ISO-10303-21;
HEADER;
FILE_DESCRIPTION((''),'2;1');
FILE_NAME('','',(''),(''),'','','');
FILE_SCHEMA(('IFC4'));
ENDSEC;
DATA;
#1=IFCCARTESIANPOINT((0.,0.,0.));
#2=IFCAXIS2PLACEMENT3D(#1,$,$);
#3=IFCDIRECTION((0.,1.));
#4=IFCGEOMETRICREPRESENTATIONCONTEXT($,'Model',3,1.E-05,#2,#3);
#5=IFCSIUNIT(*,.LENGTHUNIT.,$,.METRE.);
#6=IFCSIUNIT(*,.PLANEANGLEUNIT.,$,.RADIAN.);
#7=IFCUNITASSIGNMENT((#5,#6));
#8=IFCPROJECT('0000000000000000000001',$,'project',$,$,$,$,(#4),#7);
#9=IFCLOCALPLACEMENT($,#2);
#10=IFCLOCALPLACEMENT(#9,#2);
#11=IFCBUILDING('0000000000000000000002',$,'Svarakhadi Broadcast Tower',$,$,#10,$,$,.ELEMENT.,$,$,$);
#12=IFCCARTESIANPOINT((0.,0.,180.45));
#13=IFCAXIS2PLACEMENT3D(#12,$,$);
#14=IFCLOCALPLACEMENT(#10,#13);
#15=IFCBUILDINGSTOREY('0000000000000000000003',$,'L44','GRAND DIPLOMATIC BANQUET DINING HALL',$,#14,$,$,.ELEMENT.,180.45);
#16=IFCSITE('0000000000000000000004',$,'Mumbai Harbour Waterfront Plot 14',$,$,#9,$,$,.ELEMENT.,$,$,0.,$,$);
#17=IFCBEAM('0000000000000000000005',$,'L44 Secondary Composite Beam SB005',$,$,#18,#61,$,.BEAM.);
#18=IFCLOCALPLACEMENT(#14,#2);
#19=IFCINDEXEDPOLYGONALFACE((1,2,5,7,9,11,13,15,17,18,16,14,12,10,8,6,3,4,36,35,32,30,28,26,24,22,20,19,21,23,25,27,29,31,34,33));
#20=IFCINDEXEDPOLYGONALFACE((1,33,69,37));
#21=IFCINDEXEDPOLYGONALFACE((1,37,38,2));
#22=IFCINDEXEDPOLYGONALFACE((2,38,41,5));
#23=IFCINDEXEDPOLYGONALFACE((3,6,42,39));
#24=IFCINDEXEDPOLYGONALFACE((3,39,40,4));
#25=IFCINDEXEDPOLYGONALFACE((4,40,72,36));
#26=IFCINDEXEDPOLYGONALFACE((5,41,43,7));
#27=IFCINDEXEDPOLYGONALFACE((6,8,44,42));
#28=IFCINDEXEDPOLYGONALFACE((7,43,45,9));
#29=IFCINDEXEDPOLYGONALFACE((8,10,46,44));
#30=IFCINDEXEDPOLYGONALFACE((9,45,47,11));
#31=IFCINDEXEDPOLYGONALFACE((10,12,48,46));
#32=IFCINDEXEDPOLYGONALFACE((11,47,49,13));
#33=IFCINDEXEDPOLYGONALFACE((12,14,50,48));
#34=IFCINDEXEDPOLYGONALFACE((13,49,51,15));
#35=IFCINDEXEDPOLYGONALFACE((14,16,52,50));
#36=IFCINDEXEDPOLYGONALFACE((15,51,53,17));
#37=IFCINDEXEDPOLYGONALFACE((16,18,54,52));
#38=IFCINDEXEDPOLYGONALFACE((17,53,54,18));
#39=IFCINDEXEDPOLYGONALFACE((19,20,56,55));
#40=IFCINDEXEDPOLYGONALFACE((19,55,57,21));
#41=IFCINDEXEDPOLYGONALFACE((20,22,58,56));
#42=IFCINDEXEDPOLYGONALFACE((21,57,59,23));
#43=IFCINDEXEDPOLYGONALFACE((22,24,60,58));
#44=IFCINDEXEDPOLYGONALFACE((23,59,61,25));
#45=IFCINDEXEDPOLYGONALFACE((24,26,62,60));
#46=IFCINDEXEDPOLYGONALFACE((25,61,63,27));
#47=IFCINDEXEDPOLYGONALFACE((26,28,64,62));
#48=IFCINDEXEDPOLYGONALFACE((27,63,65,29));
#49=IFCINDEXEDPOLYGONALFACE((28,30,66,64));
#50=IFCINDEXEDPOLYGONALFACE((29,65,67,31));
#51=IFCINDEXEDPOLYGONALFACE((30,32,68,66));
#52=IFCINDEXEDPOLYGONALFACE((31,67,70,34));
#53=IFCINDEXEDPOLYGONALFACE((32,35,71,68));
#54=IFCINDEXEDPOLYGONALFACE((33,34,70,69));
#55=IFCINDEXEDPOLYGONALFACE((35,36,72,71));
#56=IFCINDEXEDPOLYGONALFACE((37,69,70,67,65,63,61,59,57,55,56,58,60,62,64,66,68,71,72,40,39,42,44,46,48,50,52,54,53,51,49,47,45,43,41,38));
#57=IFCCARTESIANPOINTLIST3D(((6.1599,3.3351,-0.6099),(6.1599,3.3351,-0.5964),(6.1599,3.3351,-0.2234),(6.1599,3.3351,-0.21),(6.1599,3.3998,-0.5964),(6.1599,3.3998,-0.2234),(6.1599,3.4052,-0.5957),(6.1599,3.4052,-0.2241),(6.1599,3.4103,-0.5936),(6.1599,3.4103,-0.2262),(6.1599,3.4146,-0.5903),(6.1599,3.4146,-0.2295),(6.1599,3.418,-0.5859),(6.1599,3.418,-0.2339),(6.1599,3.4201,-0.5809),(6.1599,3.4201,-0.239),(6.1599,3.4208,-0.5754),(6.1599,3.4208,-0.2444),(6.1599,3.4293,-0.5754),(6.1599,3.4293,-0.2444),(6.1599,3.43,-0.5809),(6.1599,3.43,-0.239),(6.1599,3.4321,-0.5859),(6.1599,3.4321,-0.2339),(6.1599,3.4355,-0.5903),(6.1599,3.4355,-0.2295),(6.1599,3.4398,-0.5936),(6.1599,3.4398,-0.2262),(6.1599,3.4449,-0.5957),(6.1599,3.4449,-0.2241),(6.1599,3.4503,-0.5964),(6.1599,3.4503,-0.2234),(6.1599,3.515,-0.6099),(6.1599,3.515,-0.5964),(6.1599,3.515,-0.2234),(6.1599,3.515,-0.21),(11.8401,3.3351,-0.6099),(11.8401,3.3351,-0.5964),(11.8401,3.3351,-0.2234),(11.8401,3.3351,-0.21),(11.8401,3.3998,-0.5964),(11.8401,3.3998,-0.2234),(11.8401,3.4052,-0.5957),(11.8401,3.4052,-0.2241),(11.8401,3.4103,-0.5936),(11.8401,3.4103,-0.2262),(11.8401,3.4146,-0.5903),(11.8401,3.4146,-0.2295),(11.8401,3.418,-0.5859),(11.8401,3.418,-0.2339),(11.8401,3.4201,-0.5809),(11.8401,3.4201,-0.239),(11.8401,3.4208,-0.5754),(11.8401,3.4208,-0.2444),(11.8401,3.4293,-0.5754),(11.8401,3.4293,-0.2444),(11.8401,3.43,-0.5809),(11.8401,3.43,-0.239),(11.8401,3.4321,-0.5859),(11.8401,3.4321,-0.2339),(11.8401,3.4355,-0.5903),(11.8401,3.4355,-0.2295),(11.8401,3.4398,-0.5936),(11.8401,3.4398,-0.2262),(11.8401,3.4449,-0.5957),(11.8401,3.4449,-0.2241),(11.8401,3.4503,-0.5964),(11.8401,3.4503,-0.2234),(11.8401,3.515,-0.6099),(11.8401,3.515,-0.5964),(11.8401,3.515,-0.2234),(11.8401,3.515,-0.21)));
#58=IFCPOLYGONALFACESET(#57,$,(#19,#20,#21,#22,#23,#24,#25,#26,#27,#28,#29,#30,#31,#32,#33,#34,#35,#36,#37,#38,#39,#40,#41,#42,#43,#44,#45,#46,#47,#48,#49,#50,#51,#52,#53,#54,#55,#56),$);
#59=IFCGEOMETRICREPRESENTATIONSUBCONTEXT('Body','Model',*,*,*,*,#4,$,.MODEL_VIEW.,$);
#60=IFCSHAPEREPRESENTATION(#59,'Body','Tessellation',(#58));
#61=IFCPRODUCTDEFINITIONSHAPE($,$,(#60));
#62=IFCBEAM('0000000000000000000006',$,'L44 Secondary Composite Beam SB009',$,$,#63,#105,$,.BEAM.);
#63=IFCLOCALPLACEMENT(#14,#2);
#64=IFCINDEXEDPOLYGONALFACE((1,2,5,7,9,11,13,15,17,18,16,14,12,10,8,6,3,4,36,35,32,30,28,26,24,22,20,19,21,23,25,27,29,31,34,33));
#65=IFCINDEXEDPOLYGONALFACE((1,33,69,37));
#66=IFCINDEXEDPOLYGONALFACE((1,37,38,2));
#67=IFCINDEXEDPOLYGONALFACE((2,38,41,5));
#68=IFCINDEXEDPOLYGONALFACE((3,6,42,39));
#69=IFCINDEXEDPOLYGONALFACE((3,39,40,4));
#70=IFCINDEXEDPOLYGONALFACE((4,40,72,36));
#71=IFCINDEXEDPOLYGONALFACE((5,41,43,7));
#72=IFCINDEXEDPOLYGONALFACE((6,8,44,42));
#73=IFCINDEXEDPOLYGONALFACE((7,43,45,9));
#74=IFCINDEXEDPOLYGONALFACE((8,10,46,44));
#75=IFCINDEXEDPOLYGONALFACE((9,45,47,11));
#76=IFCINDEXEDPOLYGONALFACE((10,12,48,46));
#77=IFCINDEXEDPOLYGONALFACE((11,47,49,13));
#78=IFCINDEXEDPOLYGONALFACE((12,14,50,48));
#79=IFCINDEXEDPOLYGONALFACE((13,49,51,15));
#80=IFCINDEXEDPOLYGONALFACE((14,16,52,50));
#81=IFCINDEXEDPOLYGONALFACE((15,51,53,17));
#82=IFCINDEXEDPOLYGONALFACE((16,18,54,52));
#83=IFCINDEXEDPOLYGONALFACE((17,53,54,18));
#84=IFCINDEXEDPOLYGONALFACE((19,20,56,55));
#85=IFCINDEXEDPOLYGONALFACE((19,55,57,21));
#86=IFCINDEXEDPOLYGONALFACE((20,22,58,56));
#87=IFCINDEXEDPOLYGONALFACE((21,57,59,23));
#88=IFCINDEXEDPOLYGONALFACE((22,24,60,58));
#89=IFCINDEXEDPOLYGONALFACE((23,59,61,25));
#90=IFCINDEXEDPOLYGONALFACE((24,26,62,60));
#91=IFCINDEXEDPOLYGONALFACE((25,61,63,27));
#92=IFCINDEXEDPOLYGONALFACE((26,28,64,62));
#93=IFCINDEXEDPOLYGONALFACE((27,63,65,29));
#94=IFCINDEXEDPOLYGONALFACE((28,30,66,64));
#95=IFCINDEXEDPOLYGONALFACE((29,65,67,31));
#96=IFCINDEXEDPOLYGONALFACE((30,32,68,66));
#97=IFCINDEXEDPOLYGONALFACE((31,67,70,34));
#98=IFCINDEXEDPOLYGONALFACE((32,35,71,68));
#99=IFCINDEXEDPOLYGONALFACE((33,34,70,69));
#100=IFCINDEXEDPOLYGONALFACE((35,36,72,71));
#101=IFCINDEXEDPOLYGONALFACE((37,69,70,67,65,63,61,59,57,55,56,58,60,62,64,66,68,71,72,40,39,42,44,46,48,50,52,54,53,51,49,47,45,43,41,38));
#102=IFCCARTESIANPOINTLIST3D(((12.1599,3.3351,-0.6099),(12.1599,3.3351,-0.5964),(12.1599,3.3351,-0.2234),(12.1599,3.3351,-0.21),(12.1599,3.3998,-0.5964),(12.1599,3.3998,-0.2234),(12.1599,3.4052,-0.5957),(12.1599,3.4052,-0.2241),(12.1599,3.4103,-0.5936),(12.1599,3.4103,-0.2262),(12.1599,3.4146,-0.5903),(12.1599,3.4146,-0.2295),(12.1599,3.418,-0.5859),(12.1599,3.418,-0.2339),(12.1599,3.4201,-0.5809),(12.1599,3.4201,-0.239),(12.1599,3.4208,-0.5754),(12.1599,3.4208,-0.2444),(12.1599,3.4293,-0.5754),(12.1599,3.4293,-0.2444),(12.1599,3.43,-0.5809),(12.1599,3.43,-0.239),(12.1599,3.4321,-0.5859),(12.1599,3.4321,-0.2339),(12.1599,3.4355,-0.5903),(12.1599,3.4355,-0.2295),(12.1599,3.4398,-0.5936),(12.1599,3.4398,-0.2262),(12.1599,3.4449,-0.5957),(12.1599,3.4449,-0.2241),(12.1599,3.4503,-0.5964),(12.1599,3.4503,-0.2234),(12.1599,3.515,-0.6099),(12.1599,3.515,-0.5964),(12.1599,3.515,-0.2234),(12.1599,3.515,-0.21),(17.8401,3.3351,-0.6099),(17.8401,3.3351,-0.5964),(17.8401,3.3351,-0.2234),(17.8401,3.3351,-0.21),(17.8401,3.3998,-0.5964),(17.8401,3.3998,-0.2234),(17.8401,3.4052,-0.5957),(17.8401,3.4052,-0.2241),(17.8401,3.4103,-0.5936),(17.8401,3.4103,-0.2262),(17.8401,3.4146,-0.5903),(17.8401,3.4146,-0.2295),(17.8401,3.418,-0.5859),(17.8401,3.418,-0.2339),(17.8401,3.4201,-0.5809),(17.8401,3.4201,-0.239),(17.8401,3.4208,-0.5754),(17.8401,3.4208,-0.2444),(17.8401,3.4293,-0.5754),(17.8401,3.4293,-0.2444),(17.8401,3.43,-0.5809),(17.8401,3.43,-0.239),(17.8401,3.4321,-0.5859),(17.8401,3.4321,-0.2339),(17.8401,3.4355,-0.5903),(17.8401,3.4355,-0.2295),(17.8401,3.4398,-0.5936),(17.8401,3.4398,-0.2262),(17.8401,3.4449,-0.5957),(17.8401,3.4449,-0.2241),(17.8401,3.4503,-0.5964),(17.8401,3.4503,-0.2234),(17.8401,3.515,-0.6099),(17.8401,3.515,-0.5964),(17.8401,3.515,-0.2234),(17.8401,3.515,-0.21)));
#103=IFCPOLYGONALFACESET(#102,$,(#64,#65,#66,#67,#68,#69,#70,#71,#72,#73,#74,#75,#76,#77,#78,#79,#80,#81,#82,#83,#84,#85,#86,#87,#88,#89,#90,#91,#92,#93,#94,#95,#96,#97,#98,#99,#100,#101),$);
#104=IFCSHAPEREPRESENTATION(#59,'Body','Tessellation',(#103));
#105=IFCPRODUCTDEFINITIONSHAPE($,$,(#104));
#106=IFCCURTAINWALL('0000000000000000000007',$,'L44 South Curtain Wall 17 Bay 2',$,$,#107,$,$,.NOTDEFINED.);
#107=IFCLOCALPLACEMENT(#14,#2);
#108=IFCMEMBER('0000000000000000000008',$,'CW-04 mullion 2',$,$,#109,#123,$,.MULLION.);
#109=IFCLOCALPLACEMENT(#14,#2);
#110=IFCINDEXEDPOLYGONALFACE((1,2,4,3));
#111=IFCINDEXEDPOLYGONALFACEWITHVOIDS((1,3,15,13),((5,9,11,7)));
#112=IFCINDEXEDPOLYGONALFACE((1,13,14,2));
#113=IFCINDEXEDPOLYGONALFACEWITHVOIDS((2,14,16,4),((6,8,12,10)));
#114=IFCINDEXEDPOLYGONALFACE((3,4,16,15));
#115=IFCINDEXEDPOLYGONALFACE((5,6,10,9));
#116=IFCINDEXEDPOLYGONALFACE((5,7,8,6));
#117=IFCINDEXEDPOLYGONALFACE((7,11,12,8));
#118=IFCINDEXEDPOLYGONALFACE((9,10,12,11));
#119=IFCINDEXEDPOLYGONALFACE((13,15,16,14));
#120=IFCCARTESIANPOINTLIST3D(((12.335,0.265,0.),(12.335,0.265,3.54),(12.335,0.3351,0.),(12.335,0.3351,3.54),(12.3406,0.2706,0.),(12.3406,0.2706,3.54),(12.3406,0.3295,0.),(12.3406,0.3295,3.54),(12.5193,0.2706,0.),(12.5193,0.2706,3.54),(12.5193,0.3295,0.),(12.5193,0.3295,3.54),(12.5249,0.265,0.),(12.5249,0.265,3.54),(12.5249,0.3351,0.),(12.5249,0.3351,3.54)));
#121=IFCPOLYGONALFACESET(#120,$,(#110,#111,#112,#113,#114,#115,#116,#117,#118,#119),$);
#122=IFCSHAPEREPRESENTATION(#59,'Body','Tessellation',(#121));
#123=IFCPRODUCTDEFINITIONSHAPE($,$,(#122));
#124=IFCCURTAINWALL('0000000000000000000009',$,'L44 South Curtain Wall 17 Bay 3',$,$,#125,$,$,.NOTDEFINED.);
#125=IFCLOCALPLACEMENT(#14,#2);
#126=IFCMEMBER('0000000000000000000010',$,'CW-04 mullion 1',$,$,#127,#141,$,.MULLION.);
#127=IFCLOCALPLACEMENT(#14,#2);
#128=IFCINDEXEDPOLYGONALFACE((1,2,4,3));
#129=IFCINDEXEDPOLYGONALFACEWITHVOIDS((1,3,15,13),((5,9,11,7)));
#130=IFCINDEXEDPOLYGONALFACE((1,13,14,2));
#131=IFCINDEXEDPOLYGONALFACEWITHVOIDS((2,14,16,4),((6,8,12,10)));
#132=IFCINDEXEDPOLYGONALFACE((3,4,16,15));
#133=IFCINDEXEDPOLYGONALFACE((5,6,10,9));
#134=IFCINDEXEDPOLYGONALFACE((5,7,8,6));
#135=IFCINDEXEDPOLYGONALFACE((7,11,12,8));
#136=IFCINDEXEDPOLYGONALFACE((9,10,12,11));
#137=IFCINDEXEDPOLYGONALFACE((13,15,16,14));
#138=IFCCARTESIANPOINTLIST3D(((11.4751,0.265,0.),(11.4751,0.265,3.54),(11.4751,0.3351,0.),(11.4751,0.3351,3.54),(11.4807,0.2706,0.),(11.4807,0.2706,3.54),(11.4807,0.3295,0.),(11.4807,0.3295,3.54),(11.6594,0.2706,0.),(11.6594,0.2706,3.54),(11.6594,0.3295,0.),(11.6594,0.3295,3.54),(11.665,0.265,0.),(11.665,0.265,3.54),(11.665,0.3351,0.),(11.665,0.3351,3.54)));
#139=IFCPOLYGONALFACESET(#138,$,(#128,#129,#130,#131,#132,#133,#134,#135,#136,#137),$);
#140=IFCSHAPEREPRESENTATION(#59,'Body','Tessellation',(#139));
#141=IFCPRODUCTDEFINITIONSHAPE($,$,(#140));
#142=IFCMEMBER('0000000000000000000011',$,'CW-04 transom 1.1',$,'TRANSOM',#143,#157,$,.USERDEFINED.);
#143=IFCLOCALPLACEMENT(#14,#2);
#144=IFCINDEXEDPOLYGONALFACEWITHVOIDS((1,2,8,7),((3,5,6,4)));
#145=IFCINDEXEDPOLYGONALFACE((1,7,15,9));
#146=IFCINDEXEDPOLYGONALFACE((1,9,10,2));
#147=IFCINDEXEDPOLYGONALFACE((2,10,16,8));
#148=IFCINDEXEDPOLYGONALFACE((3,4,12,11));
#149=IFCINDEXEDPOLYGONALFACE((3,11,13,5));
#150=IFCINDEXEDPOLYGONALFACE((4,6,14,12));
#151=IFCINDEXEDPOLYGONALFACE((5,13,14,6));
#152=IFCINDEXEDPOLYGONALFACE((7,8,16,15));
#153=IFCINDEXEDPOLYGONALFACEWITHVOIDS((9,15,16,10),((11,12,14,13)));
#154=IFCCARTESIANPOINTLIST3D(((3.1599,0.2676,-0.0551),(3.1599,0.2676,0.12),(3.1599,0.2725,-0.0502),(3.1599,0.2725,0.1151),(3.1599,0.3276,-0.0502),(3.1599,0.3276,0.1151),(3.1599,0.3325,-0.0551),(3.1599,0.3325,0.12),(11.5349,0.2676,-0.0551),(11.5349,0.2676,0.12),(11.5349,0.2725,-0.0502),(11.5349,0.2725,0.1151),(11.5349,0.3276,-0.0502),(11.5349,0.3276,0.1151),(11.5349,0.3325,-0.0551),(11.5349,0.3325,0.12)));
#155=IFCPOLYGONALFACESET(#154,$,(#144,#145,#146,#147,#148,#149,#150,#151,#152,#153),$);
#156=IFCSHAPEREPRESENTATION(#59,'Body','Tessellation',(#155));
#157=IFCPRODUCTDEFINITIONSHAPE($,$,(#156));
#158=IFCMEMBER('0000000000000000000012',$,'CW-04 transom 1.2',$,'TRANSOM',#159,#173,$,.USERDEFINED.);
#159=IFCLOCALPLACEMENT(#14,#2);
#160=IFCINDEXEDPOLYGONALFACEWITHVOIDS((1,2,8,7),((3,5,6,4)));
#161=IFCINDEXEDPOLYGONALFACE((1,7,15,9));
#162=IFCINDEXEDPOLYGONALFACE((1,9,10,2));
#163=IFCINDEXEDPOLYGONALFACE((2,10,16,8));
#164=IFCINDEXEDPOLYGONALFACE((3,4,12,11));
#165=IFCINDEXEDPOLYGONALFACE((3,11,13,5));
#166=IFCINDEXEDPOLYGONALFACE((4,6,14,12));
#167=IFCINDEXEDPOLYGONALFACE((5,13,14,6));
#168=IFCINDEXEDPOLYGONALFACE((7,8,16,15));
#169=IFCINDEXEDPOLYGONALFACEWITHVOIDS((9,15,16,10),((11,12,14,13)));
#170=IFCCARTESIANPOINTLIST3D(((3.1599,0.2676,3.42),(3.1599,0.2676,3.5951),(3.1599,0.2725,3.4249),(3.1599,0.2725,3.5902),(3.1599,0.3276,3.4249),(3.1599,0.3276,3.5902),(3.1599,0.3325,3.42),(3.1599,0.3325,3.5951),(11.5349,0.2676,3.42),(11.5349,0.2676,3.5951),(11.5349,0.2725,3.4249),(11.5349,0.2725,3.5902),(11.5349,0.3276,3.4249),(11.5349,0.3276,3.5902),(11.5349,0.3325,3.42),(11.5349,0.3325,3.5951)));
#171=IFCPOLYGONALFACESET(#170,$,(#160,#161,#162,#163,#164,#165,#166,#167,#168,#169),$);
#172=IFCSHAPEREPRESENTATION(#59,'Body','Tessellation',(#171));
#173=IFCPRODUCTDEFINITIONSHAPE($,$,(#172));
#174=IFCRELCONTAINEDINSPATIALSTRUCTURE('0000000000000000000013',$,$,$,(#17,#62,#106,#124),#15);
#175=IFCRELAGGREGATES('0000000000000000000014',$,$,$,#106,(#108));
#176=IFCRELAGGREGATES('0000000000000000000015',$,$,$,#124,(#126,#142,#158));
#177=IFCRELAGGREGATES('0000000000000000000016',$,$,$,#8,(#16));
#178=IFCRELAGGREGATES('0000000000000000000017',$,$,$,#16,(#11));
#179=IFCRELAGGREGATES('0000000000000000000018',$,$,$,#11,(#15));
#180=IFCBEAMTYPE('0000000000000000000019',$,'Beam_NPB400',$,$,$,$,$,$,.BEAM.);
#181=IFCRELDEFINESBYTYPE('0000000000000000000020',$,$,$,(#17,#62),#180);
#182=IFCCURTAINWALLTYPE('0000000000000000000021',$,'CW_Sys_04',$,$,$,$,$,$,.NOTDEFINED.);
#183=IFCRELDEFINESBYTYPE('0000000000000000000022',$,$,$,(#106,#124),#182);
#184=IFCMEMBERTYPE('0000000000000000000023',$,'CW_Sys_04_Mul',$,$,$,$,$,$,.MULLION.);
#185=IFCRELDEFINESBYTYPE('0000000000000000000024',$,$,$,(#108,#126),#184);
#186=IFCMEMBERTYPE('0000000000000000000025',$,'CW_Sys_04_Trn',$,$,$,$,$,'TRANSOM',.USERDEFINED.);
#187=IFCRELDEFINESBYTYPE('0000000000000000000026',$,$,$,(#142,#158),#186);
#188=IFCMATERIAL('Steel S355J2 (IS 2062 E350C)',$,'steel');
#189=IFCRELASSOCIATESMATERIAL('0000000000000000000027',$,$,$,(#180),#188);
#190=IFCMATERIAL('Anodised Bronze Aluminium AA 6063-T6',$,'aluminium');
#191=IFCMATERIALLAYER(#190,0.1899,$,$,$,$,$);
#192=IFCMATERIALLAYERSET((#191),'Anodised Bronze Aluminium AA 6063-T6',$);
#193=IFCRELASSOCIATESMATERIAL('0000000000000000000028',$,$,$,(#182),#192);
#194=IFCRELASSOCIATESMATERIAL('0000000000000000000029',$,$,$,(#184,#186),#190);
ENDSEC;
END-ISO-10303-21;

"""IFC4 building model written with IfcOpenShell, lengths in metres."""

from ifc_helpers import new_model, si_unit, direction, frame, origin, origin_2d, place, context, subcontext, project, spatial, hollow_rectangle, i_section, extrude, material, layer, layer_set, material_profile, profile_set, type_object, element, aggregate, save


model = new_model("IFC4")

# Units and contexts
model_context = context("Model", 3, precision=1e-05, world=origin(), true_north=direction((0.0, 1.0)))
body_context = subcontext(model_context, "Body", "Model", "MODEL_VIEW")
ifc_project = project(units=[si_unit("LENGTHUNIT", "METRE"), si_unit("PLANEANGLEUNIT", "RADIAN")], contexts=[model_context])

# Site, building, storey
site_placement = place(None, origin())
site = spatial("IfcSite", under=ifc_project, at=site_placement, Name="Mumbai Harbour Waterfront Plot 14", CompositionType="ELEMENT", RefElevation=0.0)
building_placement = place(site_placement, origin())
building = spatial("IfcBuilding", under=site, at=building_placement, Name="Svarakhadi Broadcast Tower", CompositionType="ELEMENT")
storey_placement = place(building_placement, frame((0.0, 0.0, 180.45)))
storey = spatial("IfcBuildingStorey", under=building, at=storey_placement, Name="L44", Description="GRAND DIPLOMATIC BANQUET DINING HALL", CompositionType="ELEMENT", Elevation=180.45)

# Beams
ifc_material_1 = material(Name="Steel S355J2 (IS 2062 E350C)", Category="steel")
ifc_material_profile_1 = material_profile(ifc_material_1, i_section(OverallWidth=0.1799, OverallDepth=0.3999, WebThickness=0.0085, FlangeThickness=0.0134, FilletRadius=0.021, at=origin_2d()), Name="NPB 400x180x66")
ifc_profile_set_1 = profile_set([ifc_material_profile_1], Name="Steel S355J2 (IS 2062 E350C)")
beam_type_1 = type_object("IfcBeamType", Name="Beam_NPB400", PredefinedType="BEAM", material=ifc_profile_set_1)
for number, where, z_axis, x_axis, name in (
    (1, (6.1599, 3.425, -0.4099), (1.0, 0.0, 0.0), (0.0, 1.0, 0.0), "L44 Secondary Composite Beam SB005"),
    (2, (12.1599, 3.425, -0.4099), (1.0, 0.0, 0.0), (0.0, 1.0, 0.0), "L44 Secondary Composite Beam SB009"),
):
    element("IfcBeam", number, at=place(storey_placement, frame(where, z_axis=z_axis, x_axis=x_axis)), inside=storey, type_object=beam_type_1, Name=name, PredefinedType="BEAM", context=body_context, shape_type="SweptSolid", body=[
        extrude(i_section(OverallWidth=0.1799, OverallDepth=0.3999, WebThickness=0.0085, FlangeThickness=0.0134, FilletRadius=0.021, at=origin_2d()), origin(), (0.0, 0.0, 1.0), 5.6802),
    ])

# Curtain wall, member
ifc_material_2 = material(Name="Anodised Bronze Aluminium AA 6063-T6", Category="aluminium")
ifc_layer_1 = layer(ifc_material_2, 0.1899)
ifc_layer_set_1 = layer_set([ifc_layer_1], Name="Anodised Bronze Aluminium AA 6063-T6")
curtain_wall_type = type_object("IfcCurtainWallType", Name="CW_Sys_04", PredefinedType="NOTDEFINED", material=ifc_layer_set_1)
curtain_wall_1_placement = place(storey_placement, origin())
curtain_wall_1 = element("IfcCurtainWall", 3, at=curtain_wall_1_placement, inside=storey, type_object=curtain_wall_type, Name="L44 South Curtain Wall 17 Bay 2", PredefinedType="NOTDEFINED")
ifc_material_profile_2 = material_profile(ifc_material_2, hollow_rectangle(XDim=0.0701, YDim=0.1899, WallThickness=0.0056, at=origin_2d()), Name="ALU MULLION 190x70x6")
ifc_profile_set_2 = profile_set([ifc_material_profile_2], Name="Anodised Bronze Aluminium AA 6063-T6")
member_type_1 = type_object("IfcMemberType", Name="CW_Sys_04_Mul", PredefinedType="MULLION", material=ifc_profile_set_2)
member_1_placement = place(storey_placement, frame((12.4299, 0.3, 0.0), z_axis=(0.0, 0.0, 1.0), x_axis=(0.0, -1.0, 0.0)))
member_1 = element("IfcMember", 4, at=member_1_placement, type_object=member_type_1, Name="CW-04 mullion 2", PredefinedType="MULLION", context=body_context, shape_type="SweptSolid", body=[
    extrude(hollow_rectangle(XDim=0.0701, YDim=0.1899, WallThickness=0.0056, at=origin_2d()), origin(), (0.0, 0.0, 1.0), 3.54),
])
aggregate(curtain_wall_1, [member_1])

# Curtain wall, members
curtain_wall_2_placement = place(storey_placement, origin())
curtain_wall_2 = element("IfcCurtainWall", 5, at=curtain_wall_2_placement, inside=storey, type_object=curtain_wall_type, Name="L44 South Curtain Wall 17 Bay 3", PredefinedType="NOTDEFINED")
member_2_placement = place(storey_placement, frame((11.5701, 0.3, 0.0), z_axis=(0.0, 0.0, 1.0), x_axis=(0.0, -1.0, 0.0)))
member_2 = element("IfcMember", 6, at=member_2_placement, type_object=member_type_1, Name="CW-04 mullion 1", PredefinedType="MULLION", context=body_context, shape_type="SweptSolid", body=[
    extrude(hollow_rectangle(XDim=0.0701, YDim=0.1899, WallThickness=0.0056, at=origin_2d()), origin(), (0.0, 0.0, 1.0), 3.54),
])
ifc_material_profile_3 = material_profile(ifc_material_2, hollow_rectangle(XDim=0.0649, YDim=0.175, WallThickness=0.0049, at=origin_2d()), Name="ALU TRANSOM 175x65x5")
ifc_profile_set_3 = profile_set([ifc_material_profile_3], Name="Anodised Bronze Aluminium AA 6063-T6")
member_type_2 = type_object("IfcMemberType", Name="CW_Sys_04_Trn", ElementType="TRANSOM", PredefinedType="USERDEFINED", material=ifc_profile_set_3)
member_3_placement = place(storey_placement, frame((11.5349, 0.3, 0.0325), z_axis=(-1.0, 0.0, 0.0), x_axis=(0.0, -1.0, 0.0)))
member_3 = element("IfcMember", 7, at=member_3_placement, type_object=member_type_2, Name="CW-04 transom 1.1", ObjectType="TRANSOM", PredefinedType="USERDEFINED", context=body_context, shape_type="SweptSolid", body=[
    extrude(hollow_rectangle(XDim=0.0649, YDim=0.175, WallThickness=0.0049, at=origin_2d()), origin(), (0.0, 0.0, 1.0), 8.375),
])
member_4_placement = place(storey_placement, frame((11.5349, 0.3, 3.5076), z_axis=(-1.0, 0.0, 0.0), x_axis=(0.0, -1.0, 0.0)))
member_4 = element("IfcMember", 8, at=member_4_placement, type_object=member_type_2, Name="CW-04 transom 1.2", ObjectType="TRANSOM", PredefinedType="USERDEFINED", context=body_context, shape_type="SweptSolid", body=[
    extrude(hollow_rectangle(XDim=0.0649, YDim=0.175, WallThickness=0.0049, at=origin_2d()), origin(), (0.0, 0.0, 1.0), 8.375),
])

aggregate(curtain_wall_2, [member_2, member_3, member_4])

save(model, "model.ifc")
